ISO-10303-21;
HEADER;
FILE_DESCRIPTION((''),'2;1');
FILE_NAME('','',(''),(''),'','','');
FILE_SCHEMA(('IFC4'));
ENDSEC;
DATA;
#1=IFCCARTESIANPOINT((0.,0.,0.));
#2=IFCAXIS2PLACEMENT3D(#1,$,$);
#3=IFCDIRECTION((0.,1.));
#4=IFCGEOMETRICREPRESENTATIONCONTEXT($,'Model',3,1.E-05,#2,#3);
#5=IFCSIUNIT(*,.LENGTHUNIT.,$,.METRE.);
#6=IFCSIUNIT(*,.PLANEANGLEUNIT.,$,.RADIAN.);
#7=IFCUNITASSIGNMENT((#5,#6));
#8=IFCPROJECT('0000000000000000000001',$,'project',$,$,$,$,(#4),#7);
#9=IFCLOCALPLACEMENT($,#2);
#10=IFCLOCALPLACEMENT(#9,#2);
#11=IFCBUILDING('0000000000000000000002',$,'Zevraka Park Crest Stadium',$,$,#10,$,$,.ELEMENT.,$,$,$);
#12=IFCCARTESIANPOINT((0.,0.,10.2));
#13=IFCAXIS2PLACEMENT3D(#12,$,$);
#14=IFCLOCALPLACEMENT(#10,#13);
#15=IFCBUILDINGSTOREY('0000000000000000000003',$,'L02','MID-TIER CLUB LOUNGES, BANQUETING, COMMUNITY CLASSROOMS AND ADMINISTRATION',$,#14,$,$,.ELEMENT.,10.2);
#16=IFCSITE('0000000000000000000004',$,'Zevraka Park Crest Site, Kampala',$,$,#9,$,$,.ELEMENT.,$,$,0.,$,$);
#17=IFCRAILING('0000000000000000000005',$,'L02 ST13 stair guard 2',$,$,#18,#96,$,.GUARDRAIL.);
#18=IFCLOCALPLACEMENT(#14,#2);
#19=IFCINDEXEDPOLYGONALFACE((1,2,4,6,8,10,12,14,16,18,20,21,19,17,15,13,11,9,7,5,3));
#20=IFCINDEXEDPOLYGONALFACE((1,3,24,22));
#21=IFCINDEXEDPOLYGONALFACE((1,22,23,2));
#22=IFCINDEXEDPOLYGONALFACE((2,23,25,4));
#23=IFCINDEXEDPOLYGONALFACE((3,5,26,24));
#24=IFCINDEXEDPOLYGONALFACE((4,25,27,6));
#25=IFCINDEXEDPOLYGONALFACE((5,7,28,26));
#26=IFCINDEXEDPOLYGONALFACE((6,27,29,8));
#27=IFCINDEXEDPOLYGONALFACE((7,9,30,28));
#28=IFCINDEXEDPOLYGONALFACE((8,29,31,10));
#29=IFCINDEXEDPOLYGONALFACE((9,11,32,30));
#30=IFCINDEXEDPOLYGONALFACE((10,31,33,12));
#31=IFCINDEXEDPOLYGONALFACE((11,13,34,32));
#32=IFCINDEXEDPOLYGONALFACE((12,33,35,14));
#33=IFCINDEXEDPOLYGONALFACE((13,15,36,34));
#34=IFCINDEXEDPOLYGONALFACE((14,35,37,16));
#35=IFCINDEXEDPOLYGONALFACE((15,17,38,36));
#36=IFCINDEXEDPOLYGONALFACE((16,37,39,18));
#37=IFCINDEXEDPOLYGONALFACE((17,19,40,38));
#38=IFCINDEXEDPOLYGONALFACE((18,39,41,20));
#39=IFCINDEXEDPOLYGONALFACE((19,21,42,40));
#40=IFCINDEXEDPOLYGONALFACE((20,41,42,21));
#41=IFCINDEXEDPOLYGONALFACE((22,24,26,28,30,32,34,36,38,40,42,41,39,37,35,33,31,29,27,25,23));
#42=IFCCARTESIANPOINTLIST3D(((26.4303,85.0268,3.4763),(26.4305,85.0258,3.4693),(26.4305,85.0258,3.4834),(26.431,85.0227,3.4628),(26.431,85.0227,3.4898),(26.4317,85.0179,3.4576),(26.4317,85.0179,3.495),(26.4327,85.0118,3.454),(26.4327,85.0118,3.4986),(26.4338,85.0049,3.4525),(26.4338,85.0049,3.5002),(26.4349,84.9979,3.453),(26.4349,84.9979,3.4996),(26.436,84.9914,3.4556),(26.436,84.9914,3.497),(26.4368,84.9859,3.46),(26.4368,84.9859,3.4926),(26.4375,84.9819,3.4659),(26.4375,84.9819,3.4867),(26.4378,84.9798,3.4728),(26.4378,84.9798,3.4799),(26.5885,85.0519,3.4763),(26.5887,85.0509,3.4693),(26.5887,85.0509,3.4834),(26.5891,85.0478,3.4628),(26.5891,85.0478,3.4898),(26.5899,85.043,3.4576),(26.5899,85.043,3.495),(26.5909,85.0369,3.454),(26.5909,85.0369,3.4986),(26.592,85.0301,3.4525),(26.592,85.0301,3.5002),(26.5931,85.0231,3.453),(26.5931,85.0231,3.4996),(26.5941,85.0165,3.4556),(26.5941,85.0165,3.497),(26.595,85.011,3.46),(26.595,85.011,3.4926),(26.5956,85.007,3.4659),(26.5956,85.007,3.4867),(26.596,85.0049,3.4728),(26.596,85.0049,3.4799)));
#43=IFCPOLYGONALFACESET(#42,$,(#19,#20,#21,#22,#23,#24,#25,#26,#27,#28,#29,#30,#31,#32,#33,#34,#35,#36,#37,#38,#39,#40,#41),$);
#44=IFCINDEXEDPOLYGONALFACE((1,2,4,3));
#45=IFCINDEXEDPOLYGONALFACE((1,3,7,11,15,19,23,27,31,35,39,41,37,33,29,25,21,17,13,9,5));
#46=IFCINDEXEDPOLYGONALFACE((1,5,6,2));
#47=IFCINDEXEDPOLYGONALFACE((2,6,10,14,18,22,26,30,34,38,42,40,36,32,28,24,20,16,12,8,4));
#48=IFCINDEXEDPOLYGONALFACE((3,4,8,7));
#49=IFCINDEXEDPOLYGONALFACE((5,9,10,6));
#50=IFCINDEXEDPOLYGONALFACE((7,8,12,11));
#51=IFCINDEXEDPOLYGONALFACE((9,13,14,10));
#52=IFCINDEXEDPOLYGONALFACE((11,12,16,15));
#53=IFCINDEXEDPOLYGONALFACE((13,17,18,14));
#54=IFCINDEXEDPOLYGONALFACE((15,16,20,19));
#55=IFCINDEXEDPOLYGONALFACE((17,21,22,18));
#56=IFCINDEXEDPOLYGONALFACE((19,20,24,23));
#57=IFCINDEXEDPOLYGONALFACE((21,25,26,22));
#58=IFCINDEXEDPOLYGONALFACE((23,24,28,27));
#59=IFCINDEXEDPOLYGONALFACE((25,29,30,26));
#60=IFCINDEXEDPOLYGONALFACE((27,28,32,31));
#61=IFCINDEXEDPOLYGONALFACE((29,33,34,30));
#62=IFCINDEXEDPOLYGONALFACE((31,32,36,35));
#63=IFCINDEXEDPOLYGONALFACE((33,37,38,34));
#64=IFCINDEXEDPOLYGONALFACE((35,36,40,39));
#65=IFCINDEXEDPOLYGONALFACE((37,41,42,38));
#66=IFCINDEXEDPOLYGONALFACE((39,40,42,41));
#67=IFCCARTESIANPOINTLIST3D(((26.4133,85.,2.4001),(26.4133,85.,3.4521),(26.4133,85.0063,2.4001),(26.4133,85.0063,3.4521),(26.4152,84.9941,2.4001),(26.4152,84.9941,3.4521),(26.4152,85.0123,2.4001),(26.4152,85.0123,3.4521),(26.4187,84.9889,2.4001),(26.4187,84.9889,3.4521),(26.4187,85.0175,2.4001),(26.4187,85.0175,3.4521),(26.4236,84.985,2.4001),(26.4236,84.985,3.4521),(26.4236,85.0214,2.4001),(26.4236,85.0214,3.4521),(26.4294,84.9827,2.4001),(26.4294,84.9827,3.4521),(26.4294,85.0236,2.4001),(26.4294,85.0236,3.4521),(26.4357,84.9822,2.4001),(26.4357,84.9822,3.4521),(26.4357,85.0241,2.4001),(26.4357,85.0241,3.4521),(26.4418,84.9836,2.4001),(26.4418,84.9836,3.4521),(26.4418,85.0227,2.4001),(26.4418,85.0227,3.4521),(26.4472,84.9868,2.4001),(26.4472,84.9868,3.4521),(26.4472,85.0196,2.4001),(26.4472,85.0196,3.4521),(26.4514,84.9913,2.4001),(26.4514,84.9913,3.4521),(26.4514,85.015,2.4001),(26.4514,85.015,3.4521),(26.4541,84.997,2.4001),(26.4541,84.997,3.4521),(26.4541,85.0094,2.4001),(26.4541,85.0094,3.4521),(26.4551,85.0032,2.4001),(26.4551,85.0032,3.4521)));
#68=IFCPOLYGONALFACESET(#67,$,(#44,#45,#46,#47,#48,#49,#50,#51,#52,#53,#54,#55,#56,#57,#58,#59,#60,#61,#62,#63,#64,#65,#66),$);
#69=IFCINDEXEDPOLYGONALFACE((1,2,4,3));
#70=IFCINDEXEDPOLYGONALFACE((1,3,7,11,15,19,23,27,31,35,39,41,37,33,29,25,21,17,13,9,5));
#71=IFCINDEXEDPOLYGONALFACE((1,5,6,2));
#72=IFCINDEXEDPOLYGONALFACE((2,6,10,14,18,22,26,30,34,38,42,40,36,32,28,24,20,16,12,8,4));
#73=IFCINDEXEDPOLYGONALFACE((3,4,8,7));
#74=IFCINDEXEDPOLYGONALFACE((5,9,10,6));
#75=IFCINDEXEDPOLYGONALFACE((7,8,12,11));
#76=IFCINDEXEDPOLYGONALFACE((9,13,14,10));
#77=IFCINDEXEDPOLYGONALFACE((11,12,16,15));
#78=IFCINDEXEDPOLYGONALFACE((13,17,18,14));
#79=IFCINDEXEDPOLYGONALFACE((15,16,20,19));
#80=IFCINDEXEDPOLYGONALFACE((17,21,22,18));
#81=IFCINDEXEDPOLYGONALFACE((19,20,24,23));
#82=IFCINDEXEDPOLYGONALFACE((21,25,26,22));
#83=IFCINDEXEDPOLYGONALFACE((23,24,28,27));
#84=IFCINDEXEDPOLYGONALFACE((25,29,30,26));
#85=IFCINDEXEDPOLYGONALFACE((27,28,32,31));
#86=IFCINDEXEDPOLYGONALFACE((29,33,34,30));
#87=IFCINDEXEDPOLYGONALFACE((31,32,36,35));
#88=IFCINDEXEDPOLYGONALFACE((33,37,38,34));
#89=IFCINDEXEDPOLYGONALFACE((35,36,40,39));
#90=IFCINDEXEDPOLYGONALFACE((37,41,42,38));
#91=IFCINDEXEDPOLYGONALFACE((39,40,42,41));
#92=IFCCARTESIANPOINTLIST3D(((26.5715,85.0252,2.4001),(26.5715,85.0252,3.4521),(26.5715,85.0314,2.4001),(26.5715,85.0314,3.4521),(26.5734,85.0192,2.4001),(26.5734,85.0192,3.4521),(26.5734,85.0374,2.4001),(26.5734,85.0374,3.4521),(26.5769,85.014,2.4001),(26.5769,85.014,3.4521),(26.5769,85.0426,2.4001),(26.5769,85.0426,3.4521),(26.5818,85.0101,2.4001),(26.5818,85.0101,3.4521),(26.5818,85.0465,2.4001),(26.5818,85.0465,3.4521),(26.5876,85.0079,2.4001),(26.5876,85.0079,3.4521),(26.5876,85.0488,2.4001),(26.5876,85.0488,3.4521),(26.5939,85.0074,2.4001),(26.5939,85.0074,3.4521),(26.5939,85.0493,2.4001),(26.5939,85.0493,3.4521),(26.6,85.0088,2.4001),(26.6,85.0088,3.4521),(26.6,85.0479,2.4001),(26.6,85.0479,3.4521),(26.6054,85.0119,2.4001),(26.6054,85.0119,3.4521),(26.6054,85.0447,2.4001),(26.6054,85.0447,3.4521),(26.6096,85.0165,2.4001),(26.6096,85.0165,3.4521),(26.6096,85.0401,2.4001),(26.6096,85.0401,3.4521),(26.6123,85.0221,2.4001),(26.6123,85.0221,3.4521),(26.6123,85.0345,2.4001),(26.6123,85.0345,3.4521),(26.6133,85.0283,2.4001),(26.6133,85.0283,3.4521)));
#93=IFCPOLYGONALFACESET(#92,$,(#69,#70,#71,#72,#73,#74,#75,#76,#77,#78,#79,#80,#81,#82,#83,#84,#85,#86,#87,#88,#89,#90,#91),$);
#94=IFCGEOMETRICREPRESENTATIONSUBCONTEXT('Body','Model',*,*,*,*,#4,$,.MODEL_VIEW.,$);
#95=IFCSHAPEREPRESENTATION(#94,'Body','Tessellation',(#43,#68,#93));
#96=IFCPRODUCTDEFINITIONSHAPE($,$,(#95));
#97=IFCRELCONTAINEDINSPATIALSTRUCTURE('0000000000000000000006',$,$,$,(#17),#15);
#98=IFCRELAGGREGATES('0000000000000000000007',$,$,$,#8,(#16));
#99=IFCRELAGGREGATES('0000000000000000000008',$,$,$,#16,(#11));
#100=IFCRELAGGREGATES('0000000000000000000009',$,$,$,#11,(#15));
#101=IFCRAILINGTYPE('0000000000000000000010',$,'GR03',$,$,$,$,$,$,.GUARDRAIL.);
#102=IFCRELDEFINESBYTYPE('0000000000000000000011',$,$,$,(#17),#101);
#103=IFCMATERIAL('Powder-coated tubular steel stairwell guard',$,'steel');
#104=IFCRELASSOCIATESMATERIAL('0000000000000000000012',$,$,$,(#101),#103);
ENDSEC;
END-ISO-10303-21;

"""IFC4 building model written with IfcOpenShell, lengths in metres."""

from ifc_helpers import new_model, si_unit, direction, frame, origin, origin_2d, place, context, subcontext, project, spatial, circle, extrude, material, type_object, element, save


model = new_model("IFC4")

# Units and contexts
model_context = context("Model", 3, precision=1e-05, world=origin(), true_north=direction((0.0, 1.0)))
body_context = subcontext(model_context, "Body", "Model", "MODEL_VIEW")
ifc_project = project(units=[si_unit("LENGTHUNIT", "METRE"), si_unit("PLANEANGLEUNIT", "RADIAN")], contexts=[model_context])

# Site, building, storey
site_placement = place(None, origin())
site = spatial("IfcSite", under=ifc_project, at=site_placement, Name="Zevraka Park Crest Site, Kampala", CompositionType="ELEMENT", RefElevation=0.0)
building_placement = place(site_placement, origin())
building = spatial("IfcBuilding", under=site, at=building_placement, Name="Zevraka Park Crest Stadium", CompositionType="ELEMENT")
storey_placement = place(building_placement, frame((0.0, 0.0, 10.2)))
storey = spatial("IfcBuildingStorey", under=building, at=storey_placement, Name="L02", Description="MID-TIER CLUB LOUNGES, BANQUETING, COMMUNITY CLASSROOMS AND ADMINISTRATION", CompositionType="ELEMENT", Elevation=10.2)

# Railing
ifc_material_1 = material(Name="Powder-coated tubular steel stairwell guard", Category="steel")
railing_type_1 = type_object("IfcRailingType", Name="GR03", PredefinedType="GUARDRAIL", material=ifc_material_1)
railing_1_placement = place(storey_placement, frame((26.4341, 85.0032, 2.4001)))
element("IfcRailing", 1, at=railing_1_placement, inside=storey, type_object=railing_type_1, Name="L02 ST13 stair guard 2", PredefinedType="GUARDRAIL", context=body_context, shape_type="SweptSolid", body=[
    extrude(circle(Radius=0.0239, at=origin_2d()), frame((0.0, 0.0, 1.0762), z_axis=(0.987602, 0.15698, 0.0), x_axis=(-0.15698, 0.987602, 0.0)), (0.0, 0.0, 1.0), 0.1602),
    extrude(circle(Radius=0.021, at=origin_2d()), origin(), (0.0, 0.0, 1.0), 1.052),
    extrude(circle(Radius=0.021, at=origin_2d()), frame((0.1582, 0.0251, 0.0)), (0.0, 0.0, 1.0), 1.052),
])

save(model, "model.ifc")
